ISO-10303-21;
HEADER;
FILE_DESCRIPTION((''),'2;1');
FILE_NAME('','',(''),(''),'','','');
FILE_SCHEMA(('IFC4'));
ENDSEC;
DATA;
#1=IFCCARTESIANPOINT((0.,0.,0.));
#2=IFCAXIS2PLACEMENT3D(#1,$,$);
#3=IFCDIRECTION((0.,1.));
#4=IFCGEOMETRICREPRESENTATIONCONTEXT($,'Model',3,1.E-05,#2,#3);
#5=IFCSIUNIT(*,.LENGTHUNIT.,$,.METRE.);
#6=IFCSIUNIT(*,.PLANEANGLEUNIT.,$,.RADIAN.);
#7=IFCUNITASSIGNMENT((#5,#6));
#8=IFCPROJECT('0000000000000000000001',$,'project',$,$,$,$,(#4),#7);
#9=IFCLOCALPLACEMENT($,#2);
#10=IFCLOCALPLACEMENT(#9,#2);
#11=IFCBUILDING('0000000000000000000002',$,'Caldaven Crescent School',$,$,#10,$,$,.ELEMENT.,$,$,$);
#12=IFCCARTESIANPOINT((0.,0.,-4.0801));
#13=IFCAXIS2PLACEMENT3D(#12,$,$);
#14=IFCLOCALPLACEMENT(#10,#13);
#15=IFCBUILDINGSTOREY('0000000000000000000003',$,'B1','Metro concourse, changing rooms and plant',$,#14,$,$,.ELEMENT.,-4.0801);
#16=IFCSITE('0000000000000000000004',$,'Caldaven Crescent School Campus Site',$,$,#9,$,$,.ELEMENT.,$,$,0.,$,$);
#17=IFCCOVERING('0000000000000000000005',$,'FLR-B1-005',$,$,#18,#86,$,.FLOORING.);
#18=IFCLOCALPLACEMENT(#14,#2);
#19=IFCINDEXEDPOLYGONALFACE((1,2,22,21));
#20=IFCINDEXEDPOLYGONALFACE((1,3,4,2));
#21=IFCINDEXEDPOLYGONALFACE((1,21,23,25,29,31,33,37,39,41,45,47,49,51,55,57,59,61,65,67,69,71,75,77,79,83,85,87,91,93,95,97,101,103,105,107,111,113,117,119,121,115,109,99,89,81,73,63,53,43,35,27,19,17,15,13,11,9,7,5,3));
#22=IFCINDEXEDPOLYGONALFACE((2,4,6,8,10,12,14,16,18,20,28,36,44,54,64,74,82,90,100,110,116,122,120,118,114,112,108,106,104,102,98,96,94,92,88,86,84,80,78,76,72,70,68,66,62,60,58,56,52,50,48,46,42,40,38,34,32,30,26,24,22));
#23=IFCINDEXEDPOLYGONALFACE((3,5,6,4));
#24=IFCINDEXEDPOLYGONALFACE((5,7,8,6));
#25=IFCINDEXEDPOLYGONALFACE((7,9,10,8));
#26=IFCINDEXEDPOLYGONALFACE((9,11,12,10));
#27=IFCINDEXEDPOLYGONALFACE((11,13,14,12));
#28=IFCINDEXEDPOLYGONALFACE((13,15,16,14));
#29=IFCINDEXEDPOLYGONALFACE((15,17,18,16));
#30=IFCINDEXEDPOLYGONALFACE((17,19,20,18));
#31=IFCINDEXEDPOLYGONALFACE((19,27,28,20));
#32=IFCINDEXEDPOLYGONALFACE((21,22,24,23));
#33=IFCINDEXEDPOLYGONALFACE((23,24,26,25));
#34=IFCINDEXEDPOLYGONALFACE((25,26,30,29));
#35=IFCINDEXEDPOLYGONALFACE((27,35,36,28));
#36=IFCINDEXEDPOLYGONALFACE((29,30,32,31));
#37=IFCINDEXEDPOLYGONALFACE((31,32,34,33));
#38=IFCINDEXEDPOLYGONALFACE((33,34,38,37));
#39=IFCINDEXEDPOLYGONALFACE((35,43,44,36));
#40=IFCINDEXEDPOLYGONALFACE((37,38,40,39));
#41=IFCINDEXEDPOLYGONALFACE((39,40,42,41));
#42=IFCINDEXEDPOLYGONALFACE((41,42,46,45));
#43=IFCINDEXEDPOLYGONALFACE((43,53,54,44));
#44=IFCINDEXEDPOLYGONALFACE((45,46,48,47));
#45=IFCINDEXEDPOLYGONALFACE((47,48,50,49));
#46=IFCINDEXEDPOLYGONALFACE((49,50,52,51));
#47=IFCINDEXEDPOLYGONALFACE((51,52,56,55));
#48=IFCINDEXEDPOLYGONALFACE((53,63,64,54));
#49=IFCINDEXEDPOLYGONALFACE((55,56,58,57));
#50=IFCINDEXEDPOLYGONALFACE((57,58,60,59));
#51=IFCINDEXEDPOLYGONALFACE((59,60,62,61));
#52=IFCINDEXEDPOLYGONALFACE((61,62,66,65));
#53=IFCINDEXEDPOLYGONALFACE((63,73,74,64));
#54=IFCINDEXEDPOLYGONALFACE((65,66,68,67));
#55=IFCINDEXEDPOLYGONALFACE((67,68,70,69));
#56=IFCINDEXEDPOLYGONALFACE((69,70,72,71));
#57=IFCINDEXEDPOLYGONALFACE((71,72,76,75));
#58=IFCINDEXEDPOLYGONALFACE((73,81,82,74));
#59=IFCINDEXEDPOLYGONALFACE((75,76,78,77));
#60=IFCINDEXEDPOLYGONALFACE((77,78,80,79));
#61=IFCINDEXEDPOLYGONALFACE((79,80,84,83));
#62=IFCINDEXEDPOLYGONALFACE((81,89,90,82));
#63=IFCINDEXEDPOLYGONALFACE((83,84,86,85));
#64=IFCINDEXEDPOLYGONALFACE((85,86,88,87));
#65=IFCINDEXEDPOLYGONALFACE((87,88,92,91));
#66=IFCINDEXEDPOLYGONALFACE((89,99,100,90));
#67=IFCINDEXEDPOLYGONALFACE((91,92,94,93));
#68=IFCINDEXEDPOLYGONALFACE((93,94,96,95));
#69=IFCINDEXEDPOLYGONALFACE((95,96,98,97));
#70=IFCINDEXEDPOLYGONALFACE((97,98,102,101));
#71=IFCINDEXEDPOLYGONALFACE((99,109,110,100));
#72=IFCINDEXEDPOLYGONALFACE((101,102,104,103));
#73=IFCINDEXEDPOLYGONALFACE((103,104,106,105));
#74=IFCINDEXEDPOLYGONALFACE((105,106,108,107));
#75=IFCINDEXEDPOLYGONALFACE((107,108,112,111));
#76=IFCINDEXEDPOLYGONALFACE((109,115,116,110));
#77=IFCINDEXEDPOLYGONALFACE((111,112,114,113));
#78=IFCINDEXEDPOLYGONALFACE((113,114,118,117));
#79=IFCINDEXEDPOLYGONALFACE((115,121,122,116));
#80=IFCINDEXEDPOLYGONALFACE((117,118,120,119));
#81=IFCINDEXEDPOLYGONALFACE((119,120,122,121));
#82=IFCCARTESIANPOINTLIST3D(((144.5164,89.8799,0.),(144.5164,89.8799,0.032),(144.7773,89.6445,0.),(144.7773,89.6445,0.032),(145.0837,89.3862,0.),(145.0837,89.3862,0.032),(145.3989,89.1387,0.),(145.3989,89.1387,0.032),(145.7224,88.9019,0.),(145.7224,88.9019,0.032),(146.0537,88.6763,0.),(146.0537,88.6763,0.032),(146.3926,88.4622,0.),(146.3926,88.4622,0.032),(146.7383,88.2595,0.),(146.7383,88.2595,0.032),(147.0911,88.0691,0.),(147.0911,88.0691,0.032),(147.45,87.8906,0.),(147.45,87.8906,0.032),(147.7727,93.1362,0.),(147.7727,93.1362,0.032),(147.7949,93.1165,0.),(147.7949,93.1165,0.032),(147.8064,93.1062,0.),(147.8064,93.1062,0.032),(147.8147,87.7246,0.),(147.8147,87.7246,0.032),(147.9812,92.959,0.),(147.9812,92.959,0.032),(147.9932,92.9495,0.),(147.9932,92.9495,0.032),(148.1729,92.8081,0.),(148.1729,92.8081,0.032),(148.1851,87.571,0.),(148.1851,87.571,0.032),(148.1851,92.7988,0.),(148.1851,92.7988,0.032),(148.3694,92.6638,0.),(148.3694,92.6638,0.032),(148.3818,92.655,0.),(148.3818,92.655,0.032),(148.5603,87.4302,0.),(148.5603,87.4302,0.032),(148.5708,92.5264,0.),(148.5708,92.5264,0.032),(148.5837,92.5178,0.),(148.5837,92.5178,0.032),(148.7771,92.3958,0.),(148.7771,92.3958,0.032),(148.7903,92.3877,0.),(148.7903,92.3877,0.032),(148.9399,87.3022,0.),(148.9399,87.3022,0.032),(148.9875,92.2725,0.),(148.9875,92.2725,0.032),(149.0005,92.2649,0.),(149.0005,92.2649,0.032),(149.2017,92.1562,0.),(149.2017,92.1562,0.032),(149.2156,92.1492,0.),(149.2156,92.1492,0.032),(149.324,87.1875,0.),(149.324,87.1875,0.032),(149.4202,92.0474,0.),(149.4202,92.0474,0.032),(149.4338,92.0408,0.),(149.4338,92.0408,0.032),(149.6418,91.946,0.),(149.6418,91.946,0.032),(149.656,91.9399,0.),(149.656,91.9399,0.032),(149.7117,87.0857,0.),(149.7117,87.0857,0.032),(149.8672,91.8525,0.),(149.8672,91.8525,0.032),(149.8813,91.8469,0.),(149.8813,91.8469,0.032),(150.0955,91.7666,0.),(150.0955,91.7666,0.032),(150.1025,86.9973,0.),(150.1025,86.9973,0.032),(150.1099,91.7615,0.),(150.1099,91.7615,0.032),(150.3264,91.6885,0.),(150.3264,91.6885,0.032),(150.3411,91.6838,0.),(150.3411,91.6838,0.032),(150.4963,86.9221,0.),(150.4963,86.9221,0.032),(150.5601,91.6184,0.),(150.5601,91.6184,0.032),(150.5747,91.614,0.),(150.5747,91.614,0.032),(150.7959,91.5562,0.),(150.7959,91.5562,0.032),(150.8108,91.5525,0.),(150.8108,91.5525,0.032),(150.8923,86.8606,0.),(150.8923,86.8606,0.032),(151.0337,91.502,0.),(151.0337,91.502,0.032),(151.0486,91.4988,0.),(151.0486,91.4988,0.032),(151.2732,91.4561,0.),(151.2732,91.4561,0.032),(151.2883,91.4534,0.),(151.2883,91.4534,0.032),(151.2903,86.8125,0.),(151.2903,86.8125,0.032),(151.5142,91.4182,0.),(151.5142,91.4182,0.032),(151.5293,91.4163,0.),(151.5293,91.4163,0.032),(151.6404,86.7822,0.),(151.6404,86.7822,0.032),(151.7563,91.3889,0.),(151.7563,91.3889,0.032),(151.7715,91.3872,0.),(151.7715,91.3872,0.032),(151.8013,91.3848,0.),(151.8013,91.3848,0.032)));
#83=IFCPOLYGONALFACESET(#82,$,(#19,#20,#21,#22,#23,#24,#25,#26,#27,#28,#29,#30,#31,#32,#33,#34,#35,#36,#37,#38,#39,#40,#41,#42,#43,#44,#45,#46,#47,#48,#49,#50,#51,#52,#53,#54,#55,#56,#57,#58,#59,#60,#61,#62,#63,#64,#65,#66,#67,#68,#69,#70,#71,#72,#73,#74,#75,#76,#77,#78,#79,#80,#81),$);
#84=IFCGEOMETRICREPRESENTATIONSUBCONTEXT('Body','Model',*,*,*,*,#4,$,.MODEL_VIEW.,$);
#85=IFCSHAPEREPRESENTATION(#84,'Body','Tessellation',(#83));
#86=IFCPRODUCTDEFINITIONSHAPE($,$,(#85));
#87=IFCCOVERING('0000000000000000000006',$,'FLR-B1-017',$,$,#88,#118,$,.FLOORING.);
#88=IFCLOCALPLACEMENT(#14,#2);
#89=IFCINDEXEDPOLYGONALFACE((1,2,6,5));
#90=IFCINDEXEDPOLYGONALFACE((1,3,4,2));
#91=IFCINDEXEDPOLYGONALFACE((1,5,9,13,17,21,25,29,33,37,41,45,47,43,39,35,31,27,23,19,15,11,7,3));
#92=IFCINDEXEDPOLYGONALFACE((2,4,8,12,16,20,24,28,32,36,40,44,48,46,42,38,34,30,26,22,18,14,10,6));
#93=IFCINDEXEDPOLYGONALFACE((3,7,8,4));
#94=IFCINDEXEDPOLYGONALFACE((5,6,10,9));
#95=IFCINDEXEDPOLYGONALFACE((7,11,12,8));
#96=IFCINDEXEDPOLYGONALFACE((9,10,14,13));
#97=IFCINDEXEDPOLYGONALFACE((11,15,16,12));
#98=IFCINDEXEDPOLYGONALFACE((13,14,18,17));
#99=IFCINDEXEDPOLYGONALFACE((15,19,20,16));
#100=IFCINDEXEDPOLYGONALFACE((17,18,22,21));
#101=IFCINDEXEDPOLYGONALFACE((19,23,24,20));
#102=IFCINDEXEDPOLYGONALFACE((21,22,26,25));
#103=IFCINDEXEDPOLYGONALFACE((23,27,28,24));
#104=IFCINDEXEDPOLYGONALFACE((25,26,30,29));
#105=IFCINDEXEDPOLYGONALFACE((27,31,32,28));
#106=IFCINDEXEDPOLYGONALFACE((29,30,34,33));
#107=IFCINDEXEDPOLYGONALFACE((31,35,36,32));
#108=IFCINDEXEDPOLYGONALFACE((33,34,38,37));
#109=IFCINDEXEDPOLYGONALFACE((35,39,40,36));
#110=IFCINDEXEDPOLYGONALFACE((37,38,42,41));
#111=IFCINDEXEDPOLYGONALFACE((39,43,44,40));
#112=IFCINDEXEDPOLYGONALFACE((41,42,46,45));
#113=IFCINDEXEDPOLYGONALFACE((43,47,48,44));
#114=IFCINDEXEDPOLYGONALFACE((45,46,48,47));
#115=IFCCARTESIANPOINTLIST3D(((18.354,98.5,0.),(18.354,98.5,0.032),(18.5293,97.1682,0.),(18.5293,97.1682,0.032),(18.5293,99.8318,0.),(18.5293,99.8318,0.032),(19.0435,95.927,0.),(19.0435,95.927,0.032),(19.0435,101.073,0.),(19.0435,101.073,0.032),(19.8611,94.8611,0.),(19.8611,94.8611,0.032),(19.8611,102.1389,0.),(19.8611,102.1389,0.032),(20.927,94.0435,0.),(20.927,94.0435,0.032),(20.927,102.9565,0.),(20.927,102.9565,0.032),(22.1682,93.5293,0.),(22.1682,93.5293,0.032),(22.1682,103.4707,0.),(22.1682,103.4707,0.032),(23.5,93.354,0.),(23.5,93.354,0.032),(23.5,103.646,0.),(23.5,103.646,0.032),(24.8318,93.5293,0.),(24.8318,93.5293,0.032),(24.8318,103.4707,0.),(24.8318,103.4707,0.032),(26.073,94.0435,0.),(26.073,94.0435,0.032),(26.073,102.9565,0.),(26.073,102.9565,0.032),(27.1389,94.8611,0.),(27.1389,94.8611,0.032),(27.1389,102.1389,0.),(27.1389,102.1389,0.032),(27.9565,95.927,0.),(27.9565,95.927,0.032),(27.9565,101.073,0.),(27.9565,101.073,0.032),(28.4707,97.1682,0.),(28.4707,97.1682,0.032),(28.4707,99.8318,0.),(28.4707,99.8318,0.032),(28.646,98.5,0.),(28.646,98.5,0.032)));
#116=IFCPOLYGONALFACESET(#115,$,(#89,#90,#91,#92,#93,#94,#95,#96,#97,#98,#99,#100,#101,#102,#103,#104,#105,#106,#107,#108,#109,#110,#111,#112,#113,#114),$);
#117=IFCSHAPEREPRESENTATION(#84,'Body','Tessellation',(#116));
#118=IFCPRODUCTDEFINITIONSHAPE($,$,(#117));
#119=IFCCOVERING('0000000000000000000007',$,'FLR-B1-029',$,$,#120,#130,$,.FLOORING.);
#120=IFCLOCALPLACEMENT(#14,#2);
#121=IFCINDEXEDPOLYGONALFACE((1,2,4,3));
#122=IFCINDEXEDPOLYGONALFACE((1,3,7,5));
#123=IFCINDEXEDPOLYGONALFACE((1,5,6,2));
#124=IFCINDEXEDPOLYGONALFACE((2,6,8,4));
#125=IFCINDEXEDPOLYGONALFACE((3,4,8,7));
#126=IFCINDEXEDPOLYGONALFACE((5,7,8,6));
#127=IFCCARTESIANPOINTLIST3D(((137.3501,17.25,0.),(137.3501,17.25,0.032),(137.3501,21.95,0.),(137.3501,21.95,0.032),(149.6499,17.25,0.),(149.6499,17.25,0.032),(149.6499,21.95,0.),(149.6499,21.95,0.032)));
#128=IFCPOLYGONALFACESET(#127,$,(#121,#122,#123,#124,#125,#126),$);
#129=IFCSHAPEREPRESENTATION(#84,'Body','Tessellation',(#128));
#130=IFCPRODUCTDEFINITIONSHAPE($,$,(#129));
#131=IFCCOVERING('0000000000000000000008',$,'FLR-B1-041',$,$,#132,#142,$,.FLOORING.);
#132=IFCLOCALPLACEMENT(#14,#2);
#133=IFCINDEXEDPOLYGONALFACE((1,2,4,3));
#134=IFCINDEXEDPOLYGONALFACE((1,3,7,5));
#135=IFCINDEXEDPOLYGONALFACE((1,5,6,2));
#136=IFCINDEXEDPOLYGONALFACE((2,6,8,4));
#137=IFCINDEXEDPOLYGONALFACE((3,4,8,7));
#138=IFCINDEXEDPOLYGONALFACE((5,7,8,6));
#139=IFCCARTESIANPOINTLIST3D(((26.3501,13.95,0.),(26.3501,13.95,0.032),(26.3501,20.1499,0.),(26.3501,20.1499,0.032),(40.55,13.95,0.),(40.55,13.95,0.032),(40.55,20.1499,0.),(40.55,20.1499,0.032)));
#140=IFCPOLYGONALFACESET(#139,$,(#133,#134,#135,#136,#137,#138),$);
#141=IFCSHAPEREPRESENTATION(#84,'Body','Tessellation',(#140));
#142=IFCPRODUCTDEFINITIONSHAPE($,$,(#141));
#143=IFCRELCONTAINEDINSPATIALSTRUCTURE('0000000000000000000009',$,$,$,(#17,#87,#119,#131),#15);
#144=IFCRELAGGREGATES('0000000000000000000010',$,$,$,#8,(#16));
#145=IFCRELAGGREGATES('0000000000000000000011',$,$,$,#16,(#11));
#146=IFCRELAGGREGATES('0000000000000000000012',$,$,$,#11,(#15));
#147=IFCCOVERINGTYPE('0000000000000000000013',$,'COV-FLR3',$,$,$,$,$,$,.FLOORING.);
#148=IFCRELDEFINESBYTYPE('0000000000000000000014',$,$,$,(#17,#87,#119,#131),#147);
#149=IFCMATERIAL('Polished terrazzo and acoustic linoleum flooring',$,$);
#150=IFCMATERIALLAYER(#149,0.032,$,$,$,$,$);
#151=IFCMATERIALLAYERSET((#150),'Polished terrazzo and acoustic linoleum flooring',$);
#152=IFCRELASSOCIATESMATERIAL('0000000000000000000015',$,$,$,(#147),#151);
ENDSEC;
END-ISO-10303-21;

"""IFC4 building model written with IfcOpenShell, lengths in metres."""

from ifc_helpers import new_model, si_unit, direction, frame, origin, place, context, subcontext, project, spatial, polyline, outline, extrude, material, layer, layer_set, type_object, element, save


model = new_model("IFC4")

# Units and contexts
model_context = context("Model", 3, precision=1e-05, world=origin(), true_north=direction((0.0, 1.0)))
body_context = subcontext(model_context, "Body", "Model", "MODEL_VIEW")
ifc_project = project(units=[si_unit("LENGTHUNIT", "METRE"), si_unit("PLANEANGLEUNIT", "RADIAN")], contexts=[model_context])

# Site, building, storey
site_placement = place(None, origin())
site = spatial("IfcSite", under=ifc_project, at=site_placement, Name="Caldaven Crescent School Campus Site", CompositionType="ELEMENT", RefElevation=0.0)
building_placement = place(site_placement, origin())
building = spatial("IfcBuilding", under=site, at=building_placement, Name="Caldaven Crescent School", CompositionType="ELEMENT")
storey_placement = place(building_placement, frame((0.0, 0.0, -4.0801)))
storey = spatial("IfcBuildingStorey", under=building, at=storey_placement, Name="B1", Description="Metro concourse, changing rooms and plant", CompositionType="ELEMENT", Elevation=-4.0801)

# Coverings
ifc_material_1 = material(Name="Polished terrazzo and acoustic linoleum flooring")
ifc_layer_1 = layer(ifc_material_1, 0.032)
ifc_layer_set_1 = layer_set([ifc_layer_1], Name="Polished terrazzo and acoustic linoleum flooring")
covering_type_1 = type_object("IfcCoveringType", Name="COV-FLR3", PredefinedType="FLOORING", material=ifc_layer_set_1)
covering_1_placement = place(storey_placement, origin())
element("IfcCovering", 1, at=covering_1_placement, inside=storey, type_object=covering_type_1, Name="FLR-B1-005", PredefinedType="FLOORING", context=body_context, shape_type="SweptSolid", body=[
    extrude(outline(polyline([(144.5164, 89.8799), (147.7727, 93.1362), (147.7949, 93.1165), (147.8064, 93.1062), (147.9812, 92.959), (147.9932, 92.9495), (148.1729, 92.8081), (148.1851, 92.7988), (148.3694, 92.6638), (148.3818, 92.655), (148.5708, 92.5264), (148.5837, 92.5178), (148.7771, 92.3958), (148.7903, 92.3877), (148.9875, 92.2725), (149.0005, 92.2649), (149.2017, 92.1562), (149.2156, 92.1492), (149.4202, 92.0474), (149.4338, 92.0408), (149.6418, 91.946), (149.656, 91.9399), (149.8672, 91.8525), (149.8813, 91.8469), (150.0955, 91.7666), (150.1099, 91.7615), (150.3264, 91.6885), (150.3411, 91.6838), (150.5601, 91.6184), (150.5747, 91.614), (150.7959, 91.5562), (150.8108, 91.5525), (151.0337, 91.502), (151.0486, 91.4988), (151.2732, 91.4561), (151.2883, 91.4534), (151.5142, 91.4182), (151.5293, 91.4163), (151.7563, 91.3889), (151.7715, 91.3872), (151.8013, 91.3848), (151.6404, 86.7822), (151.2903, 86.8125), (150.8923, 86.8606), (150.4963, 86.9221), (150.1025, 86.9973), (149.7117, 87.0857), (149.324, 87.1875), (148.9399, 87.3022), (148.5603, 87.4302), (148.1851, 87.571), (147.8147, 87.7246), (147.45, 87.8906), (147.0911, 88.0691), (146.7383, 88.2595), (146.3926, 88.4622), (146.0537, 88.6763), (145.7224, 88.9019), (145.3989, 89.1387), (145.0837, 89.3862), (144.7773, 89.6445), (144.5164, 89.8799)])), origin(), (0.0, 0.0, 1.0), 0.032),
])
covering_2_placement = place(storey_placement, origin())
element("IfcCovering", 2, at=covering_2_placement, inside=storey, type_object=covering_type_1, Name="FLR-B1-017", PredefinedType="FLOORING", context=body_context, shape_type="SweptSolid", body=[
    extrude(outline(polyline([(28.4707, 97.1682), (27.9565, 95.927), (27.1389, 94.8611), (26.073, 94.0435), (24.8318, 93.5293), (23.5, 93.354), (22.1682, 93.5293), (20.927, 94.0435), (19.8611, 94.8611), (19.0435, 95.927), (18.5293, 97.1682), (18.354, 98.5), (18.5293, 99.8318), (19.0435, 101.073), (19.8611, 102.1389), (20.927, 102.9565), (22.1682, 103.4707), (23.5, 103.646), (24.8318, 103.4707), (26.073, 102.9565), (27.1389, 102.1389), (27.9565, 101.073), (28.4707, 99.8318), (28.646, 98.5), (28.4707, 97.1682)])), origin(), (0.0, 0.0, 1.0), 0.032),
])
covering_3_placement = place(storey_placement, origin())
element("IfcCovering", 3, at=covering_3_placement, inside=storey, type_object=covering_type_1, Name="FLR-B1-029", PredefinedType="FLOORING", context=body_context, shape_type="SweptSolid", body=[
    extrude(outline(polyline([(137.3501, 21.95), (149.6499, 21.95), (149.6499, 17.25), (137.3501, 17.25), (137.3501, 21.95)])), origin(), (0.0, 0.0, 1.0), 0.032),
])
covering_4_placement = place(storey_placement, origin())
element("IfcCovering", 4, at=covering_4_placement, inside=storey, type_object=covering_type_1, Name="FLR-B1-041", PredefinedType="FLOORING", context=body_context, shape_type="SweptSolid", body=[
    extrude(outline(polyline([(26.3501, 20.1499), (40.55, 20.1499), (40.55, 13.95), (26.3501, 13.95), (26.3501, 20.1499)])), origin(), (0.0, 0.0, 1.0), 0.032),
])

save(model, "model.ifc")
